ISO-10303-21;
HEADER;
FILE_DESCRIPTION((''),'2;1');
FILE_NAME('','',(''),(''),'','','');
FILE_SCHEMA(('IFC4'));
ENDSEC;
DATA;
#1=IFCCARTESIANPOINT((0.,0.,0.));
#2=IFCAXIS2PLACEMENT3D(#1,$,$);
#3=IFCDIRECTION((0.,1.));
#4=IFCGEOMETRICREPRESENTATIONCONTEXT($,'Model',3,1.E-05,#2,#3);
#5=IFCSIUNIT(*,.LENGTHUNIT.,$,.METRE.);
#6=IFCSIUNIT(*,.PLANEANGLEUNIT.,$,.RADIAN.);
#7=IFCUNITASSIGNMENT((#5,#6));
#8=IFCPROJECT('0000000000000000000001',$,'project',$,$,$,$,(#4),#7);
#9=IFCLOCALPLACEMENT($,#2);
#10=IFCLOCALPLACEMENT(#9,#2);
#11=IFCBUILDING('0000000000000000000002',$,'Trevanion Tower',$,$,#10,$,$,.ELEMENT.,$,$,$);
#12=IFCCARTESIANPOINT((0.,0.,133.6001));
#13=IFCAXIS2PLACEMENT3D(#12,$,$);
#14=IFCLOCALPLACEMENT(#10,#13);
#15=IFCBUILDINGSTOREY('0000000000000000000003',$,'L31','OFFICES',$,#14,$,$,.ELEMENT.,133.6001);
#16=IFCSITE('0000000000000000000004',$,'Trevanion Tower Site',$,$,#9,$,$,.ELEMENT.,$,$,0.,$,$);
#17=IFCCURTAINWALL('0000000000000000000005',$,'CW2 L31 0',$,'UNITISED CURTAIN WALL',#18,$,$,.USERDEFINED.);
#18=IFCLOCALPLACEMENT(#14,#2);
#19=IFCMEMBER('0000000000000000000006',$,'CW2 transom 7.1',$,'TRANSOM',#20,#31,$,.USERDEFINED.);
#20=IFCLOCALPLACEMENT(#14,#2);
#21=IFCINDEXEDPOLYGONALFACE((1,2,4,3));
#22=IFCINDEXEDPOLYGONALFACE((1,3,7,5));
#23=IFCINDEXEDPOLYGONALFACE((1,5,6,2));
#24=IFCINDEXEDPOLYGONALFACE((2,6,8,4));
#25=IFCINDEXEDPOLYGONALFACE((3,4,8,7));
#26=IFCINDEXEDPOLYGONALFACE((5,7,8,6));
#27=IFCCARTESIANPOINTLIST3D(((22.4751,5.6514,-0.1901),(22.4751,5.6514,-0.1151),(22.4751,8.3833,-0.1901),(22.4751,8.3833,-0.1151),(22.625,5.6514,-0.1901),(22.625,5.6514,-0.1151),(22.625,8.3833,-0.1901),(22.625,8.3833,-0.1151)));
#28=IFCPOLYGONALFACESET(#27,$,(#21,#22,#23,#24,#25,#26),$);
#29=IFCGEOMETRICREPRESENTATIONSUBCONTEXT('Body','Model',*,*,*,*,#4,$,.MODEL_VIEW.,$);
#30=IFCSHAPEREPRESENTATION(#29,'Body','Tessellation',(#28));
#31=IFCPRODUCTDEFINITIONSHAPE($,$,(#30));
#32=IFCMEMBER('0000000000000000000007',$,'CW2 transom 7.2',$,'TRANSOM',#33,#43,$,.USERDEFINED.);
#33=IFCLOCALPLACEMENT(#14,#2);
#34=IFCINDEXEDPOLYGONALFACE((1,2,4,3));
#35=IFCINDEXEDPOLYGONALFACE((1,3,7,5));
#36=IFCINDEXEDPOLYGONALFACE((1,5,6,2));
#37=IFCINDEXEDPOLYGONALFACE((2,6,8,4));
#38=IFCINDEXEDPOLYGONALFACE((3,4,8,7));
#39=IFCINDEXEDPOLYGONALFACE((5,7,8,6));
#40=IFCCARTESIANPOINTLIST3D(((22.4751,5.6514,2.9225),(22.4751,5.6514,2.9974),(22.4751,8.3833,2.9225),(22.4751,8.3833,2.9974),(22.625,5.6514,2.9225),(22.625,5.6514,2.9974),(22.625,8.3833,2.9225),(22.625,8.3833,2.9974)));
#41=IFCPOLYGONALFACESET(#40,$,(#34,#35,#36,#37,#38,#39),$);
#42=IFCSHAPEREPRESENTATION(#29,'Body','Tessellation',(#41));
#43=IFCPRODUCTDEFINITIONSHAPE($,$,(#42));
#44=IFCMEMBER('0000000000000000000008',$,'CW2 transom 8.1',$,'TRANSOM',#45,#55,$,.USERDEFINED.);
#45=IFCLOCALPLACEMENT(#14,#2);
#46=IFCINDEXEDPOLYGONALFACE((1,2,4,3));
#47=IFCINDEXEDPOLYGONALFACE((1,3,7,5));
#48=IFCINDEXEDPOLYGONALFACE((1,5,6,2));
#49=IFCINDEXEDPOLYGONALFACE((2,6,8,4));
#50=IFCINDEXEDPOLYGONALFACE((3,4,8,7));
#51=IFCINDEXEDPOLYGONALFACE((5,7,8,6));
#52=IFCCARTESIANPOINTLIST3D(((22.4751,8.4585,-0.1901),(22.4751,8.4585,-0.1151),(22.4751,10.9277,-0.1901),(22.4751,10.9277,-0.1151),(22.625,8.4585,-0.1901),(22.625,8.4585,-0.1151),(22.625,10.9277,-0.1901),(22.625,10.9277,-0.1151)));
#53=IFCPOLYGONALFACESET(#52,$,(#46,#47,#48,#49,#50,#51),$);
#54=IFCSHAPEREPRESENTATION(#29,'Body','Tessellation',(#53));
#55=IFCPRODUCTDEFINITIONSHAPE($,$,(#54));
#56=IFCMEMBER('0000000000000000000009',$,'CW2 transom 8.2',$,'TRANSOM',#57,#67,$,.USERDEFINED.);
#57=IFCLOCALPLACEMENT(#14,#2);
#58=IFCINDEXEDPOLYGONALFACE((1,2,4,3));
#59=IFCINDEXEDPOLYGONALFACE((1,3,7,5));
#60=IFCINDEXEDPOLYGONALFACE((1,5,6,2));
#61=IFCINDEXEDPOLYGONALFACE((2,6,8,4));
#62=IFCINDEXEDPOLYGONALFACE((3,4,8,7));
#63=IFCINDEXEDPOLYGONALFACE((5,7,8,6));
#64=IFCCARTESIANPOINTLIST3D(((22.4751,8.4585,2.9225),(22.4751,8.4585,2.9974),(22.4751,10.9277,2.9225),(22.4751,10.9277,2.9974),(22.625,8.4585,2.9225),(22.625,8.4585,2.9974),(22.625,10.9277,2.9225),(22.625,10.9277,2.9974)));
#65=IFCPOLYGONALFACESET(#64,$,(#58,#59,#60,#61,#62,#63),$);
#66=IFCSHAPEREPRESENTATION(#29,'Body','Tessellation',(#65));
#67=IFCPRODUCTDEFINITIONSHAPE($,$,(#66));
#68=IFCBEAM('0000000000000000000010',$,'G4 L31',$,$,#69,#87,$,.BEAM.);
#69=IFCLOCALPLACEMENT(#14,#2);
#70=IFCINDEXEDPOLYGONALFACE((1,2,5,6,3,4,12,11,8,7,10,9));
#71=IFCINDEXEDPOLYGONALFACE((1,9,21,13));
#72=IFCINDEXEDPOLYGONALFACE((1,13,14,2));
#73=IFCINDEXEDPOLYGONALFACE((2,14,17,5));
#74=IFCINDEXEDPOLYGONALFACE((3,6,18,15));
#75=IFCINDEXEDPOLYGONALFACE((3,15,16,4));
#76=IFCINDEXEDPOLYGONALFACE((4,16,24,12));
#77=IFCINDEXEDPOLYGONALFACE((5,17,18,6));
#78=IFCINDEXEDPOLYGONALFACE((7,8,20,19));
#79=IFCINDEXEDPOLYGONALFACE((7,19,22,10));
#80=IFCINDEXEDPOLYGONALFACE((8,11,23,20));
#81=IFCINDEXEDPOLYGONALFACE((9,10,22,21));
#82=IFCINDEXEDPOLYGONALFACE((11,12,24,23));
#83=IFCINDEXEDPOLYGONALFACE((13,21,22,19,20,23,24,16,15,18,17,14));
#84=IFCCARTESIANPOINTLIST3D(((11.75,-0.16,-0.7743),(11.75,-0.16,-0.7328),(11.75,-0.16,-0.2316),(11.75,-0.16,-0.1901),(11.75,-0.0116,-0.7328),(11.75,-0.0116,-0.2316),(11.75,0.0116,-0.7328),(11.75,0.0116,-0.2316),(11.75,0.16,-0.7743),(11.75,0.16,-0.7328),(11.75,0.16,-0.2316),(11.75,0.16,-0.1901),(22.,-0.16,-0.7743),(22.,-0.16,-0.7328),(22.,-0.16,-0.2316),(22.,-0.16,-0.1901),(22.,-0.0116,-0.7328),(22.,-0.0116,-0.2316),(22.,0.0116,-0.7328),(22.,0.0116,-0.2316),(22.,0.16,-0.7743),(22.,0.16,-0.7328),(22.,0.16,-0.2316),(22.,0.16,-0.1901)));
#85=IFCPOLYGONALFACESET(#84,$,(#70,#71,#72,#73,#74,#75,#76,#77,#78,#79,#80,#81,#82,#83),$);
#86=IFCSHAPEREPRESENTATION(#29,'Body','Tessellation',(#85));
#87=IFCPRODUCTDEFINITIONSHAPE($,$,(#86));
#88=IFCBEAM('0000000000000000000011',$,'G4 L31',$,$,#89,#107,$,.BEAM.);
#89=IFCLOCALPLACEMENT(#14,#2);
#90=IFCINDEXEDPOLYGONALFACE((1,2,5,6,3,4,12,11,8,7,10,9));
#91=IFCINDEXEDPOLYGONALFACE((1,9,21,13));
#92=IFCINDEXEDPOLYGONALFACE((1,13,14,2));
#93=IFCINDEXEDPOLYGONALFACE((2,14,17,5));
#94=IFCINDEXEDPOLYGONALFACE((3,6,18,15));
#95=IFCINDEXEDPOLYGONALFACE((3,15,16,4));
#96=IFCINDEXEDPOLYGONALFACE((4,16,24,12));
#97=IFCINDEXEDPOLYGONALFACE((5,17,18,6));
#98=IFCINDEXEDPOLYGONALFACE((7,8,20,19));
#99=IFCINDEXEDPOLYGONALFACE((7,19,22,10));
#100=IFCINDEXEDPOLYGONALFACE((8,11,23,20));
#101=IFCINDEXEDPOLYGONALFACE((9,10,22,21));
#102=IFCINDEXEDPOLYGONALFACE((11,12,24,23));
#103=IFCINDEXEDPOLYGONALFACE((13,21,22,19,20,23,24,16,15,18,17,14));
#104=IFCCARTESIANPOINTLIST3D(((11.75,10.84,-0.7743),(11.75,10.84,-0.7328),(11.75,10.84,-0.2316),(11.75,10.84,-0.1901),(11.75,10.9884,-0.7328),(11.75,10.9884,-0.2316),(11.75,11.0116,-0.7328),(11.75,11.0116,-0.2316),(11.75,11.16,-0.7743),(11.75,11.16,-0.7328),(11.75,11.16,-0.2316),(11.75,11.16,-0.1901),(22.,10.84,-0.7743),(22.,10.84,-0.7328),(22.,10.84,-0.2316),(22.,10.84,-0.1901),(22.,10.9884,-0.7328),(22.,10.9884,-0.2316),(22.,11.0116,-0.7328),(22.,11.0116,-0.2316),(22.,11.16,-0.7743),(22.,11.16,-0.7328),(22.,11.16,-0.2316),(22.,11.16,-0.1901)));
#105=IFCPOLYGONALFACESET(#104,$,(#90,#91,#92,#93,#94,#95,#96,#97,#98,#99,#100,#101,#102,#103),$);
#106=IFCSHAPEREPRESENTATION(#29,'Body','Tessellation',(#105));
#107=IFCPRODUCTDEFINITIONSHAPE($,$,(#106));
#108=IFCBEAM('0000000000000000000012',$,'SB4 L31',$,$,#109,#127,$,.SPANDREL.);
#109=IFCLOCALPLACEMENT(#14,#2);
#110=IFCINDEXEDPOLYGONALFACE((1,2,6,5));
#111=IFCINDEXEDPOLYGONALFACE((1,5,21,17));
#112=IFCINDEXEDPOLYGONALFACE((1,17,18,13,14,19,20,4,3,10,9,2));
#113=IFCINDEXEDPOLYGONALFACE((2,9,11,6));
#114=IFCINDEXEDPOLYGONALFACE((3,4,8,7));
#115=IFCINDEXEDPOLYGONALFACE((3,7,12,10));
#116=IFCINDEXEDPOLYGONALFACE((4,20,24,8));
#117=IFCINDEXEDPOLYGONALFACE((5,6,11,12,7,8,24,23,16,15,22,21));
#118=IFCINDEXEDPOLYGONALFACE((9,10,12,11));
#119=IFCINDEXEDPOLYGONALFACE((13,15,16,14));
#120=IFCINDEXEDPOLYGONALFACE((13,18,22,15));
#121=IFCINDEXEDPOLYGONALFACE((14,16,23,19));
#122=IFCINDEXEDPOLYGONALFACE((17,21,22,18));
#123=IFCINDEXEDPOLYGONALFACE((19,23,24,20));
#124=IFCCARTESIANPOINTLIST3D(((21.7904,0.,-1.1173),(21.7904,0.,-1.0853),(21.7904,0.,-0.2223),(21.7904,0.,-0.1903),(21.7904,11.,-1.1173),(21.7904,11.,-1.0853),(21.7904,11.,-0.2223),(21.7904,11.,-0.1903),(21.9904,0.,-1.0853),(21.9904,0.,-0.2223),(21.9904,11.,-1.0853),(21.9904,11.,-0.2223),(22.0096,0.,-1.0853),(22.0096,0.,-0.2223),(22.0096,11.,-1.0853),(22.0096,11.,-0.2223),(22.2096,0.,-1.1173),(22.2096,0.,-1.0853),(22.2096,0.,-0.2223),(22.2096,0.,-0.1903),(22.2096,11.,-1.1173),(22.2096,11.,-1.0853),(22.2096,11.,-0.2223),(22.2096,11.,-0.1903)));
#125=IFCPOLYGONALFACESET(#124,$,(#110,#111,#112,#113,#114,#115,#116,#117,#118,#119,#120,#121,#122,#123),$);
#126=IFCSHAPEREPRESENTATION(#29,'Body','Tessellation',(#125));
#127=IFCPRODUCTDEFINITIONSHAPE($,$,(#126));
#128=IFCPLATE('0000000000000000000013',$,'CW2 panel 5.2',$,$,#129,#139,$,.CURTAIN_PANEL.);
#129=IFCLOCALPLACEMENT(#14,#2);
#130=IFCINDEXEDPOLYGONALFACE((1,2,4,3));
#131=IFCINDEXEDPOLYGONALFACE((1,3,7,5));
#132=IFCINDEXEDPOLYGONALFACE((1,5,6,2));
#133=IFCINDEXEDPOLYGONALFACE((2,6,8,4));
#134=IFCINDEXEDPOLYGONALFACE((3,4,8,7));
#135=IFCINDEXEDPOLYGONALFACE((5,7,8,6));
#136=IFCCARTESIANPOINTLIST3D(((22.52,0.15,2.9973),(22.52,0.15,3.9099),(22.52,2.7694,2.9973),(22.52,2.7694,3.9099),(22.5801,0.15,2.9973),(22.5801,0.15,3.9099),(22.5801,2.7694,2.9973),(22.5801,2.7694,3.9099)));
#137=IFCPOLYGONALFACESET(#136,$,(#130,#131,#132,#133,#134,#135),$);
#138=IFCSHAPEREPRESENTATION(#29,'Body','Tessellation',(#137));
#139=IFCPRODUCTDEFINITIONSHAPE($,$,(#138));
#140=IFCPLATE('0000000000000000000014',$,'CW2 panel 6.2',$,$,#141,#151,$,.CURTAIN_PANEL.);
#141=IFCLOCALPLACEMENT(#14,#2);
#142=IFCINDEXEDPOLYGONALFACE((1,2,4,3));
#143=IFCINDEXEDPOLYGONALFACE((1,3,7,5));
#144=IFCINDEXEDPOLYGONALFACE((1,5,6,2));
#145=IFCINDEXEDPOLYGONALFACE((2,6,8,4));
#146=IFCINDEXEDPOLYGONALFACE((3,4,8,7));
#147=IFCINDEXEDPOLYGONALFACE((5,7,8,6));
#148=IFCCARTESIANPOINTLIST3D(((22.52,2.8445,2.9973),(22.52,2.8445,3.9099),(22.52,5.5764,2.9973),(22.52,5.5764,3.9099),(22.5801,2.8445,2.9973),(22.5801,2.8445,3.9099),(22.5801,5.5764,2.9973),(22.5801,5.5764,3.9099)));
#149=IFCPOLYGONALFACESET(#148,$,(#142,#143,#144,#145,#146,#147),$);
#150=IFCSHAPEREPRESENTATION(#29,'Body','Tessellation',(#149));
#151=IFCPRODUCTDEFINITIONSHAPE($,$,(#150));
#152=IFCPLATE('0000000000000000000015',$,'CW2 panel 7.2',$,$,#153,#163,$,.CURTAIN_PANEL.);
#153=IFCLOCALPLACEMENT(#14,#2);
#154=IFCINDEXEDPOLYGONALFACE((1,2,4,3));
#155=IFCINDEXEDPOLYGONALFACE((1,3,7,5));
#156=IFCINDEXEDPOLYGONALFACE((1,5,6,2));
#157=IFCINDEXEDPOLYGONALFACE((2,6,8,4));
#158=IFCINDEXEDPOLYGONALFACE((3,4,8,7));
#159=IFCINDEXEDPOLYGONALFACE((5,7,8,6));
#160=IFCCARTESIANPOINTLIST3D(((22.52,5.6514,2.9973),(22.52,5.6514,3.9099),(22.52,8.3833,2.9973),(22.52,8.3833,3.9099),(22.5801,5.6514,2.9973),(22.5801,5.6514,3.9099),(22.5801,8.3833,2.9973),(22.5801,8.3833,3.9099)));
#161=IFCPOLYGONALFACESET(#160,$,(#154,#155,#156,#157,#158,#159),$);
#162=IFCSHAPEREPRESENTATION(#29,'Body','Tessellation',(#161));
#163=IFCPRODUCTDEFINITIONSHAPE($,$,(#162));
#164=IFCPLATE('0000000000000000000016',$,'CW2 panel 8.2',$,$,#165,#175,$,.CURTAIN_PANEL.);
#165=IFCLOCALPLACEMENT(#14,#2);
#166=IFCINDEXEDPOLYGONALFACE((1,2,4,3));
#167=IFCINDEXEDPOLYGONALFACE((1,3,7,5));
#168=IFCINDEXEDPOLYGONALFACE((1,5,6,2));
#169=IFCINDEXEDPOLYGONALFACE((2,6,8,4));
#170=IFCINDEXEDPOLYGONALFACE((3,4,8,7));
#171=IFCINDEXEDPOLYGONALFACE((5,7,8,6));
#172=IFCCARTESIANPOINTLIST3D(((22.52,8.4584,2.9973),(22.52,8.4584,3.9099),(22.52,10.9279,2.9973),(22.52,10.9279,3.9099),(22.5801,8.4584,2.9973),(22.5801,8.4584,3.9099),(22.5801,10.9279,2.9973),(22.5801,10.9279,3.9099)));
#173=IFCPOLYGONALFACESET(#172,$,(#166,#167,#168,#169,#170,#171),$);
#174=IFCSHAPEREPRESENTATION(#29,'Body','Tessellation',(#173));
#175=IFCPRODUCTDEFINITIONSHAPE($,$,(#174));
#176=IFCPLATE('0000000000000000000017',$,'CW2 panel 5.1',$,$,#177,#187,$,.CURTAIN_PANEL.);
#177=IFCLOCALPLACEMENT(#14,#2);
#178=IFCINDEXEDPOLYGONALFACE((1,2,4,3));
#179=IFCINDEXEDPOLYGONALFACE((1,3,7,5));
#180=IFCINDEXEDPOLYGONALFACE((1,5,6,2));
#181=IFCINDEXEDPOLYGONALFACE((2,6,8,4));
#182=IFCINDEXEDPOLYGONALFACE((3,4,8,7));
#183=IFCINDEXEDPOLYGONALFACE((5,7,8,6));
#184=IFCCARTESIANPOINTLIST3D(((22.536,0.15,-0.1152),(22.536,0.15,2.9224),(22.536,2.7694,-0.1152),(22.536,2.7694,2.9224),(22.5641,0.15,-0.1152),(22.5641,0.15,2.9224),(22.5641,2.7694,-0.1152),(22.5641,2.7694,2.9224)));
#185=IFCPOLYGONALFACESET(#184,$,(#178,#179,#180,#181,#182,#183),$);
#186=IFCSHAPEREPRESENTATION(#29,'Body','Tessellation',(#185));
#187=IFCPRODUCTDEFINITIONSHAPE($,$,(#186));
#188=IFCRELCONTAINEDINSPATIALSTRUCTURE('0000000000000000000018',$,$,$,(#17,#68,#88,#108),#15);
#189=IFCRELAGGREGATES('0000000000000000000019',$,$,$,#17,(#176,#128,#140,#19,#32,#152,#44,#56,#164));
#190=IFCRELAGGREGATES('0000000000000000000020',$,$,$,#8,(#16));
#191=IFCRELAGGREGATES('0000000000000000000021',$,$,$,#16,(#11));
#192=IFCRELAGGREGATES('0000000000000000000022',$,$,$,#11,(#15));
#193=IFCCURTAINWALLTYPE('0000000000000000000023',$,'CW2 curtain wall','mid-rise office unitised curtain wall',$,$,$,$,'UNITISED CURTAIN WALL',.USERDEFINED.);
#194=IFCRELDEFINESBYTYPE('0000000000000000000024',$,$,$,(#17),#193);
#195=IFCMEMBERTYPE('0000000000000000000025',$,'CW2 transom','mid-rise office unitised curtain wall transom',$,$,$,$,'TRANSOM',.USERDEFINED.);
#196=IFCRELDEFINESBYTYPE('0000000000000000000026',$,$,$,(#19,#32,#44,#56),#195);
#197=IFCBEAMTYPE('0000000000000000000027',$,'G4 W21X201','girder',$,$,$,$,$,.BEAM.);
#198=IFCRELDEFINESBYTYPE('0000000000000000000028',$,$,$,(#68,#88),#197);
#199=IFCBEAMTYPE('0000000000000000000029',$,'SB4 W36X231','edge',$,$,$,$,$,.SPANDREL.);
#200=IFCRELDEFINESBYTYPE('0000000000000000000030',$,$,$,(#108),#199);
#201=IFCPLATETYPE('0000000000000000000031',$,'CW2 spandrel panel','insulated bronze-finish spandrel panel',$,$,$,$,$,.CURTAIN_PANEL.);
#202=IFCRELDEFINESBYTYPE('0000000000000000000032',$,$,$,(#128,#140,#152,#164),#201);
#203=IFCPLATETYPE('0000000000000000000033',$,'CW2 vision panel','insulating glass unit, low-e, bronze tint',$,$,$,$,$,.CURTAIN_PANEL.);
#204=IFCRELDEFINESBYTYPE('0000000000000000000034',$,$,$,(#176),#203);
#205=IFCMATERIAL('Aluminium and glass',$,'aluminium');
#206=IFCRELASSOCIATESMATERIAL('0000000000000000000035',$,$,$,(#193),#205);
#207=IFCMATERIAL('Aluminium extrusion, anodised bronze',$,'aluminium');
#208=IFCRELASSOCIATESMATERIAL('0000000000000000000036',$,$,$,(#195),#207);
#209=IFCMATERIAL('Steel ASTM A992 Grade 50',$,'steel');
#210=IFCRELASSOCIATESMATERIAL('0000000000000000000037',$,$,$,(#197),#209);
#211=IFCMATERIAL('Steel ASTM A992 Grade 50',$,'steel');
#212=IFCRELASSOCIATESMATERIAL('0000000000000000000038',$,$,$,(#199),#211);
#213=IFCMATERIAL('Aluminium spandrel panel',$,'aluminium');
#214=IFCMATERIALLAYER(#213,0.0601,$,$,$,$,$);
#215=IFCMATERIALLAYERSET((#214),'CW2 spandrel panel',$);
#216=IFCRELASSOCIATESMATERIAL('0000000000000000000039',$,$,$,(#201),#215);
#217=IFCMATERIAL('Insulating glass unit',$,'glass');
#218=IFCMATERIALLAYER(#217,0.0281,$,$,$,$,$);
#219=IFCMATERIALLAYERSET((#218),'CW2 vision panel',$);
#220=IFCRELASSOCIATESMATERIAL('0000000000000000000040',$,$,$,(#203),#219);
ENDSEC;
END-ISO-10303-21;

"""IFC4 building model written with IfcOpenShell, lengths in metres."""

from ifc_helpers import new_model, si_unit, direction, frame, origin, origin_2d, place, context, subcontext, project, spatial, rectangle, i_section, extrude, material, layer, layer_set, material_profile, profile_set, type_object, element, aggregate, save


model = new_model("IFC4")

# Units and contexts
model_context = context("Model", 3, precision=1e-05, world=origin(), true_north=direction((0.0, 1.0)))
body_context = subcontext(model_context, "Body", "Model", "MODEL_VIEW")
ifc_project = project(units=[si_unit("LENGTHUNIT", "METRE"), si_unit("PLANEANGLEUNIT", "RADIAN")], contexts=[model_context])

# Site, building, storey
site_placement = place(None, origin())
site = spatial("IfcSite", under=ifc_project, at=site_placement, Name="Trevanion Tower Site", CompositionType="ELEMENT", RefElevation=0.0)
building_placement = place(site_placement, origin())
building = spatial("IfcBuilding", under=site, at=building_placement, Name="Trevanion Tower", CompositionType="ELEMENT")
storey_placement = place(building_placement, frame((0.0, 0.0, 133.6001)))
storey = spatial("IfcBuildingStorey", under=building, at=storey_placement, Name="L31", Description="OFFICES", CompositionType="ELEMENT", Elevation=133.6001)

# Curtain wall, members
ifc_material_1 = material(Name="Aluminium and glass", Category="aluminium")
curtain_wall_type = type_object("IfcCurtainWallType", Name="CW2 curtain wall", Description="mid-rise office unitised curtain wall", ElementType="UNITISED CURTAIN WALL", PredefinedType="USERDEFINED", material=ifc_material_1)
curtain_wall_placement = place(storey_placement, origin())
curtain_wall = element("IfcCurtainWall", 1, at=curtain_wall_placement, inside=storey, type_object=curtain_wall_type, Name="CW2 L31 0", ObjectType="UNITISED CURTAIN WALL", PredefinedType="USERDEFINED")
ifc_material_2 = material(Name="Aluminium extrusion, anodised bronze", Category="aluminium")
ifc_material_profile_1 = material_profile(ifc_material_2, rectangle(XDim=0.1499, YDim=0.075, at=origin_2d()), Name="CW2 transom")
ifc_profile_set_1 = profile_set([ifc_material_profile_1], Name="Aluminium extrusion, anodised bronze")
member_type_1 = type_object("IfcMemberType", Name="CW2 transom", Description="mid-rise office unitised curtain wall transom", ElementType="TRANSOM", PredefinedType="USERDEFINED", material=ifc_profile_set_1)
member_1_placement = place(storey_placement, frame((22.55, 5.6514, -0.1526), z_axis=(0.0, 1.0, 0.0), x_axis=(-1.0, 0.0, 0.0)))
member_1 = element("IfcMember", 2, at=member_1_placement, type_object=member_type_1, Name="CW2 transom 7.1", ObjectType="TRANSOM", PredefinedType="USERDEFINED", context=body_context, shape_type="SweptSolid", body=[
    extrude(rectangle(XDim=0.1499, YDim=0.075, at=origin_2d()), origin(), (0.0, 0.0, 1.0), 2.7319),
])
member_2_placement = place(storey_placement, frame((22.55, 5.6514, 2.96), z_axis=(0.0, 1.0, 0.0), x_axis=(-1.0, 0.0, 0.0)))
member_2 = element("IfcMember", 3, at=member_2_placement, type_object=member_type_1, Name="CW2 transom 7.2", ObjectType="TRANSOM", PredefinedType="USERDEFINED", context=body_context, shape_type="SweptSolid", body=[
    extrude(rectangle(XDim=0.1499, YDim=0.075, at=origin_2d()), origin(), (0.0, 0.0, 1.0), 2.7319),
])
member_3_placement = place(storey_placement, frame((22.55, 8.4585, -0.1526), z_axis=(0.0, 1.0, 0.0), x_axis=(-1.0, 0.0, 0.0)))
member_3 = element("IfcMember", 4, at=member_3_placement, type_object=member_type_1, Name="CW2 transom 8.1", ObjectType="TRANSOM", PredefinedType="USERDEFINED", context=body_context, shape_type="SweptSolid", body=[
    extrude(rectangle(XDim=0.1499, YDim=0.075, at=origin_2d()), origin(), (0.0, 0.0, 1.0), 2.4692),
])
member_4_placement = place(storey_placement, frame((22.55, 8.4585, 2.96), z_axis=(0.0, 1.0, 0.0), x_axis=(-1.0, 0.0, 0.0)))
member_4 = element("IfcMember", 5, at=member_4_placement, type_object=member_type_1, Name="CW2 transom 8.2", ObjectType="TRANSOM", PredefinedType="USERDEFINED", context=body_context, shape_type="SweptSolid", body=[
    extrude(rectangle(XDim=0.1499, YDim=0.075, at=origin_2d()), origin(), (0.0, 0.0, 1.0), 2.4692),
])

# Beams
ifc_material_3 = material(Name="Steel ASTM A992 Grade 50", Category="steel")
ifc_material_profile_2 = material_profile(ifc_material_3, i_section(OverallWidth=0.3201, OverallDepth=0.5842, WebThickness=0.0232, FlangeThickness=0.0415, at=origin_2d()), Name="W21X201")
ifc_profile_set_2 = profile_set([ifc_material_profile_2], Name="Steel ASTM A992 Grade 50")
beam_type_1 = type_object("IfcBeamType", Name="G4 W21X201", Description="girder", PredefinedType="BEAM", material=ifc_profile_set_2)
for number, where, z_axis, x_axis, name in (
    (6, (11.75, 0.0, -0.4822), (1.0, 0.0, 0.0), (0.0, 1.0, 0.0), "G4 L31"),
    (7, (11.75, 11.0, -0.4822), (1.0, 0.0, 0.0), (0.0, 1.0, 0.0), "G4 L31"),
):
    element("IfcBeam", number, at=place(storey_placement, frame(where, z_axis=z_axis, x_axis=x_axis)), inside=storey, type_object=beam_type_1, Name=name, PredefinedType="BEAM", context=body_context, shape_type="SweptSolid", body=[
        extrude(i_section(OverallWidth=0.3201, OverallDepth=0.5842, WebThickness=0.0232, FlangeThickness=0.0415, at=origin_2d()), origin(), (0.0, 0.0, 1.0), 10.25),
    ])
ifc_material_4 = material(Name="Steel ASTM A992 Grade 50", Category="steel")
ifc_material_profile_3 = material_profile(ifc_material_4, i_section(OverallWidth=0.4192, OverallDepth=0.927, WebThickness=0.0193, FlangeThickness=0.032, at=origin_2d()), Name="W36X231")
ifc_profile_set_3 = profile_set([ifc_material_profile_3], Name="Steel ASTM A992 Grade 50")
beam_type_2 = type_object("IfcBeamType", Name="SB4 W36X231", Description="edge", PredefinedType="SPANDREL", material=ifc_profile_set_3)
beam_placement = place(storey_placement, frame((22.0, 0.0, -0.6538), z_axis=(0.0, 1.0, 0.0), x_axis=(-1.0, 0.0, 0.0)))
element("IfcBeam", 8, at=beam_placement, inside=storey, type_object=beam_type_2, Name="SB4 L31", PredefinedType="SPANDREL", context=body_context, shape_type="SweptSolid", body=[
    extrude(i_section(OverallWidth=0.4192, OverallDepth=0.927, WebThickness=0.0193, FlangeThickness=0.032, at=origin_2d()), origin(), (0.0, 0.0, 1.0), 11.0),
])

# Plates
ifc_material_5 = material(Name="Aluminium spandrel panel", Category="aluminium")
ifc_layer_1 = layer(ifc_material_5, 0.0601)
ifc_layer_set_1 = layer_set([ifc_layer_1], Name="CW2 spandrel panel")
plate_type_1 = type_object("IfcPlateType", Name="CW2 spandrel panel", Description="insulated bronze-finish spandrel panel", PredefinedType="CURTAIN_PANEL", material=ifc_layer_set_1)
plate_1_placement = place(storey_placement, frame((22.55, 1.4597, 2.9973), z_axis=(0.0, 0.0, 1.0), x_axis=(0.0, 1.0, 0.0)))
plate_1 = element("IfcPlate", 9, at=plate_1_placement, type_object=plate_type_1, Name="CW2 panel 5.2", PredefinedType="CURTAIN_PANEL", context=body_context, shape_type="SweptSolid", body=[
    extrude(rectangle(XDim=2.6194, YDim=0.0601, at=origin_2d()), origin(), (0.0, 0.0, 1.0), 0.9126),
])
plate_2_placement = place(storey_placement, frame((22.55, 4.2104, 2.9973), z_axis=(0.0, 0.0, 1.0), x_axis=(0.0, 1.0, 0.0)))
plate_2 = element("IfcPlate", 10, at=plate_2_placement, type_object=plate_type_1, Name="CW2 panel 6.2", PredefinedType="CURTAIN_PANEL", context=body_context, shape_type="SweptSolid", body=[
    extrude(rectangle(XDim=2.7319, YDim=0.0601, at=origin_2d()), origin(), (0.0, 0.0, 1.0), 0.9126),
])
plate_3_placement = place(storey_placement, frame((22.55, 7.0173, 2.9973), z_axis=(0.0, 0.0, 1.0), x_axis=(0.0, 1.0, 0.0)))
plate_3 = element("IfcPlate", 11, at=plate_3_placement, type_object=plate_type_1, Name="CW2 panel 7.2", PredefinedType="CURTAIN_PANEL", context=body_context, shape_type="SweptSolid", body=[
    extrude(rectangle(XDim=2.7319, YDim=0.0601, at=origin_2d()), origin(), (0.0, 0.0, 1.0), 0.9126),
])
plate_4_placement = place(storey_placement, frame((22.55, 9.6931, 2.9973), z_axis=(0.0, 0.0, 1.0), x_axis=(0.0, 1.0, 0.0)))
plate_4 = element("IfcPlate", 12, at=plate_4_placement, type_object=plate_type_1, Name="CW2 panel 8.2", PredefinedType="CURTAIN_PANEL", context=body_context, shape_type="SweptSolid", body=[
    extrude(rectangle(XDim=2.4695, YDim=0.0601, at=origin_2d()), origin(), (0.0, 0.0, 1.0), 0.9126),
])
ifc_material_6 = material(Name="Insulating glass unit", Category="glass")
ifc_layer_2 = layer(ifc_material_6, 0.0281)
ifc_layer_set_2 = layer_set([ifc_layer_2], Name="CW2 vision panel")
plate_type_2 = type_object("IfcPlateType", Name="CW2 vision panel", Description="insulating glass unit, low-e, bronze tint", PredefinedType="CURTAIN_PANEL", material=ifc_layer_set_2)
plate_5_placement = place(storey_placement, frame((22.55, 1.4597, -0.1152), z_axis=(0.0, 0.0, 1.0), x_axis=(0.0, 1.0, 0.0)))
plate_5 = element("IfcPlate", 13, at=plate_5_placement, type_object=plate_type_2, Name="CW2 panel 5.1", PredefinedType="CURTAIN_PANEL", context=body_context, shape_type="SweptSolid", body=[
    extrude(rectangle(XDim=2.6194, YDim=0.0281, at=origin_2d()), origin(), (0.0, 0.0, 1.0), 3.0376),
])
aggregate(curtain_wall, [plate_5, plate_1, plate_2, member_1, member_2, plate_3, member_3, member_4, plate_4])

save(model, "model.ifc")
